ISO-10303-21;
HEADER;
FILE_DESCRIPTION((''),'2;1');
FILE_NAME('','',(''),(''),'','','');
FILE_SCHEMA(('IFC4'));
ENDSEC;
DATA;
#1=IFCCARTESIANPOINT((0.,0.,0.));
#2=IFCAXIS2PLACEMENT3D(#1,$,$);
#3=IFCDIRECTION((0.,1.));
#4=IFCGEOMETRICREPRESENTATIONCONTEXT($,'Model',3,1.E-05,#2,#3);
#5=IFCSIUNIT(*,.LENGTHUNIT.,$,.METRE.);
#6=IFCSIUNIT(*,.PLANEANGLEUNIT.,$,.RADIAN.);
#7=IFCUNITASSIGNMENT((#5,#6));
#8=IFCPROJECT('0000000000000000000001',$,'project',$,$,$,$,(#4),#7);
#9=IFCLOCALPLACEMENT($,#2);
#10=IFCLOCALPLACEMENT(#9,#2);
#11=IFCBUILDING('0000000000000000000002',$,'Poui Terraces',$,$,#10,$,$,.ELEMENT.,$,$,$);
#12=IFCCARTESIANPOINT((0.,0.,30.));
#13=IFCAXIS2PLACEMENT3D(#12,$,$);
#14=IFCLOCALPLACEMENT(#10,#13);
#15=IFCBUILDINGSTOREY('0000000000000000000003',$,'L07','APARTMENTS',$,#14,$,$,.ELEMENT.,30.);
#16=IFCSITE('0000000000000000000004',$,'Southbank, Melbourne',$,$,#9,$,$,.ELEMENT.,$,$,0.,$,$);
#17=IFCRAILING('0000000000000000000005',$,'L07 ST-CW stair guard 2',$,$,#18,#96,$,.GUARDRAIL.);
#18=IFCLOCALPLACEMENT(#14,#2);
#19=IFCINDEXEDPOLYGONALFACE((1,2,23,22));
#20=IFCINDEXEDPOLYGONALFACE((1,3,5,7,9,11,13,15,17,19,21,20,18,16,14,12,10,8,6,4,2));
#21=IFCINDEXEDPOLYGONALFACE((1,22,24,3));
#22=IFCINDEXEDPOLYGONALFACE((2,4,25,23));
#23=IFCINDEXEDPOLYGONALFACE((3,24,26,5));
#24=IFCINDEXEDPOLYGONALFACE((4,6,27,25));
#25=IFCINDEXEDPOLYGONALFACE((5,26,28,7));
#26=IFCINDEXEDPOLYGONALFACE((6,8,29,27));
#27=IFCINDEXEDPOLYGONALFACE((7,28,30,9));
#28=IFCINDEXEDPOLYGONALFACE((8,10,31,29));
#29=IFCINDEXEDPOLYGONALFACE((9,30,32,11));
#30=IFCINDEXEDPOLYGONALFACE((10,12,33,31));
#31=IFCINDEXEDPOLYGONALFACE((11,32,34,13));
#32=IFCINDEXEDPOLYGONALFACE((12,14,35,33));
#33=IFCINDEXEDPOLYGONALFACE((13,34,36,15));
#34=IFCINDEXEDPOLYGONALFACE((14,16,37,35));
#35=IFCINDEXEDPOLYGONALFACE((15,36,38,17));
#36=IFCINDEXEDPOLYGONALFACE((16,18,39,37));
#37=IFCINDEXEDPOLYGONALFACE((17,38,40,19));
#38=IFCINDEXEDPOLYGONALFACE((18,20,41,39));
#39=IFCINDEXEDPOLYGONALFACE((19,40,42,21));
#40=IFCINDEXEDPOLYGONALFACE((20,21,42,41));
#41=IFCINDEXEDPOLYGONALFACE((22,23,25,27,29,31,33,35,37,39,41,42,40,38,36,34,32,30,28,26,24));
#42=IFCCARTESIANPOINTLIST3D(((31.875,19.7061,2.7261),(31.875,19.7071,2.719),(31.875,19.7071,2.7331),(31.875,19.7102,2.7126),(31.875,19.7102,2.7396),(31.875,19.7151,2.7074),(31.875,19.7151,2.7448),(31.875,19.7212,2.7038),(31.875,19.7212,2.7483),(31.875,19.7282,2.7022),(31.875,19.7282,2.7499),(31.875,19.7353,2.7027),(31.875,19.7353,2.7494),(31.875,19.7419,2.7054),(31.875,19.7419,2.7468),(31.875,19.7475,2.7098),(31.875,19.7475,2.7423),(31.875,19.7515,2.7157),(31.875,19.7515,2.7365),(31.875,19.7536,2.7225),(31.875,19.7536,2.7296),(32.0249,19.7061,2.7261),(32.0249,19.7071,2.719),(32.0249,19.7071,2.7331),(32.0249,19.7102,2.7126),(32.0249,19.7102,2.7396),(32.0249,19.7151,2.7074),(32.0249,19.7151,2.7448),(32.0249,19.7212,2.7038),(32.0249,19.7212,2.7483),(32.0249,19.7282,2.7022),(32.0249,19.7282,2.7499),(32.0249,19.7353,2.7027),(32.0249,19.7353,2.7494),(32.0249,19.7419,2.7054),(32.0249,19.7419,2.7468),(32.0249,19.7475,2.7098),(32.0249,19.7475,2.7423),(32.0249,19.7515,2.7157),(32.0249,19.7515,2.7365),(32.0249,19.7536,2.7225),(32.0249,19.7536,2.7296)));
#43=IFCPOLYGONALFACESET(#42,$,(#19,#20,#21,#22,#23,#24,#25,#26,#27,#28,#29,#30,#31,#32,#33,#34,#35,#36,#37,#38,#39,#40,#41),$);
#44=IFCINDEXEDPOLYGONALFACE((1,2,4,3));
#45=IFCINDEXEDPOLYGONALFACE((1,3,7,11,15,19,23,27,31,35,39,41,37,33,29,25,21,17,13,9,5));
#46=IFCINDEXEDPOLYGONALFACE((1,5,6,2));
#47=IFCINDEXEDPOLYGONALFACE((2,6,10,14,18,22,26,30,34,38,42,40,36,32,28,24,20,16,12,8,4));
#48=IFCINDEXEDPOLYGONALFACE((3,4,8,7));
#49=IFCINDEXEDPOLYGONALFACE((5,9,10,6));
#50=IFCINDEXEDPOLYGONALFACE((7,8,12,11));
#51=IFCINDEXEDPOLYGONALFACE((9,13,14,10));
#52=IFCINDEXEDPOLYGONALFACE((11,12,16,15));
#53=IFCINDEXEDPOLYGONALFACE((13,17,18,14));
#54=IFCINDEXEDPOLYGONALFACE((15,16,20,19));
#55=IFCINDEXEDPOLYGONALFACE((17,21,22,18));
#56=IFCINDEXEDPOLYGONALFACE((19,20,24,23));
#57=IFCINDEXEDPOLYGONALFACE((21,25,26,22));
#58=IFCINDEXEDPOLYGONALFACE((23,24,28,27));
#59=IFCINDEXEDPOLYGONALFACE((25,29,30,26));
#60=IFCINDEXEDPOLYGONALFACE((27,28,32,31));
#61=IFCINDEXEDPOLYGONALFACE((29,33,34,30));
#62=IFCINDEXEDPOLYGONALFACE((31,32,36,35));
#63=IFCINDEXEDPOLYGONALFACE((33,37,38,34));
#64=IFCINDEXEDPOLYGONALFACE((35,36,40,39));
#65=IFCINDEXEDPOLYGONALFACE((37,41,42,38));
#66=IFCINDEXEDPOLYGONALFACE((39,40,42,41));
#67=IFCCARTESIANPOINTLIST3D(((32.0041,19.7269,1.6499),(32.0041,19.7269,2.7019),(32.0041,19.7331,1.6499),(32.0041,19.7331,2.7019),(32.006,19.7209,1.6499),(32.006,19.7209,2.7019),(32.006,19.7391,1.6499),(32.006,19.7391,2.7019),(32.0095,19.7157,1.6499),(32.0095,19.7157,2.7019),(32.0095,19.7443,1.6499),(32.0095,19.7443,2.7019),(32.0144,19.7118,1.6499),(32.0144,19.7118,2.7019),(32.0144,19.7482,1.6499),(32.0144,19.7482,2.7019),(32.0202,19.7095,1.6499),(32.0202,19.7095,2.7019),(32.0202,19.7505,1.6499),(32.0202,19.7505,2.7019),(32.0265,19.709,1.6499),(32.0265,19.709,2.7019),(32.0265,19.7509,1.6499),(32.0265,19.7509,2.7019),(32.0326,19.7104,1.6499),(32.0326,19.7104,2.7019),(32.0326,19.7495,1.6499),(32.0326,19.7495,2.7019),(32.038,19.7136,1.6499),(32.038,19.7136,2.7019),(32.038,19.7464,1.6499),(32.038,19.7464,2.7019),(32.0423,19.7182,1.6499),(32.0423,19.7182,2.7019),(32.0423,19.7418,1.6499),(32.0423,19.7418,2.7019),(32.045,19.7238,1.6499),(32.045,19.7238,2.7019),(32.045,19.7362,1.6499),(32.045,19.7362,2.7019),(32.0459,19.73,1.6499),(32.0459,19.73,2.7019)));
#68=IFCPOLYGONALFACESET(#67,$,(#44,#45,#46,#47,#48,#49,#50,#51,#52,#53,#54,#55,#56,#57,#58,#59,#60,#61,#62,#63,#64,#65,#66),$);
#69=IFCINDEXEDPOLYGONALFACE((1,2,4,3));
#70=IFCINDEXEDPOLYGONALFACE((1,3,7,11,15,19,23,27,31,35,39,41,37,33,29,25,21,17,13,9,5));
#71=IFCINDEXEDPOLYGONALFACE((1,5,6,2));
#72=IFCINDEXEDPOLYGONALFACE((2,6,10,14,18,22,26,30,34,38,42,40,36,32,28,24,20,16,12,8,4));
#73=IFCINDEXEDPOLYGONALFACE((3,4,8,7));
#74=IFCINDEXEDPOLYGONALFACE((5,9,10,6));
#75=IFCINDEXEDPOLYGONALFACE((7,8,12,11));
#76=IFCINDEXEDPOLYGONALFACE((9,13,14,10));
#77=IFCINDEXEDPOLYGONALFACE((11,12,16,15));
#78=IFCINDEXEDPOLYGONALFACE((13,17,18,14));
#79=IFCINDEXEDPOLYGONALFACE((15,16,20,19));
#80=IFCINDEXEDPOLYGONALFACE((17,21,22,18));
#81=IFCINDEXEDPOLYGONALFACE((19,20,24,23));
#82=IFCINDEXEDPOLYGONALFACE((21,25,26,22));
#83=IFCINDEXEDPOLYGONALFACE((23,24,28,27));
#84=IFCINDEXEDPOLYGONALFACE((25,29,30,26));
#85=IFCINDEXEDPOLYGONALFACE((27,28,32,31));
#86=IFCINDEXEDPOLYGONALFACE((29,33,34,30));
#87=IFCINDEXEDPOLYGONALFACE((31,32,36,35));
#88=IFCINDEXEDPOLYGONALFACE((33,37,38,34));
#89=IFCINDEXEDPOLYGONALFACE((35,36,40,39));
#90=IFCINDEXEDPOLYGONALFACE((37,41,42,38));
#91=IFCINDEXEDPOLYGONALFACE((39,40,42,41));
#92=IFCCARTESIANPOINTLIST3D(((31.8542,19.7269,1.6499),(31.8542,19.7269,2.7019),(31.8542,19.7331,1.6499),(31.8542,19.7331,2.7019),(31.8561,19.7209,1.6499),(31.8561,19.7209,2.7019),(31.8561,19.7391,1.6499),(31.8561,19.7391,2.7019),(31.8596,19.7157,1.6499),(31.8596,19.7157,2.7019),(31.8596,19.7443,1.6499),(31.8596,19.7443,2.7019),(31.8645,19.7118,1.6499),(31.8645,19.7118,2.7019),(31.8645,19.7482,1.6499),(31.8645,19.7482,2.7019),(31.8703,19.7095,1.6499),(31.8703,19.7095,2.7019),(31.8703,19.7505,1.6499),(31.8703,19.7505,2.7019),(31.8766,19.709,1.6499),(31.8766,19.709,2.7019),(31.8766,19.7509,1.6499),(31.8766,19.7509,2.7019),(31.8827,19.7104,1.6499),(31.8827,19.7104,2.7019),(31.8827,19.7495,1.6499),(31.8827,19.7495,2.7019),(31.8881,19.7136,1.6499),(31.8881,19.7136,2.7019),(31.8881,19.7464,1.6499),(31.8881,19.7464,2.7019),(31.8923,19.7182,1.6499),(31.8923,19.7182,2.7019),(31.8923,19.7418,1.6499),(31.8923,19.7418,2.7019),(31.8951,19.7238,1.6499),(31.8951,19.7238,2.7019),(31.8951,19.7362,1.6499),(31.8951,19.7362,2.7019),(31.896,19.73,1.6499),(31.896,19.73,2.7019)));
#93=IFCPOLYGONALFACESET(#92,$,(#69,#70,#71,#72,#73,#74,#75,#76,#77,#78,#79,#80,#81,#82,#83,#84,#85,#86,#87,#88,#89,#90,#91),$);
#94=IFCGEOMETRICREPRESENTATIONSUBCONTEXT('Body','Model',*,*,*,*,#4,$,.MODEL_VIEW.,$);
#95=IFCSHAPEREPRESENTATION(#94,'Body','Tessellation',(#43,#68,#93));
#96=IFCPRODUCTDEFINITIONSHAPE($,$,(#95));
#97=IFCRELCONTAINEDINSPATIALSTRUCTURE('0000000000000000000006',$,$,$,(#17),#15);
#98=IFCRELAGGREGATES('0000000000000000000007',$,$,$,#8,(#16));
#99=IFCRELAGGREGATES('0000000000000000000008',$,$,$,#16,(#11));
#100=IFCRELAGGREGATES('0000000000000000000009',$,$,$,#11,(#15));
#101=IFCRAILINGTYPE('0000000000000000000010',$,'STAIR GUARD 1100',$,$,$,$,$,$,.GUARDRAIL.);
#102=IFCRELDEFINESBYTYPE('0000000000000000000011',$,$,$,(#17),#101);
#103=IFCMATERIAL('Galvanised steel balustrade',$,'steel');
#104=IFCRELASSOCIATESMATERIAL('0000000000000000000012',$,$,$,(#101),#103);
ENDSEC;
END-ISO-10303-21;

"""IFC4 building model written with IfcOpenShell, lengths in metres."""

from ifc_helpers import new_model, si_unit, direction, frame, origin, origin_2d, place, context, subcontext, project, spatial, circle, extrude, material, type_object, element, save


model = new_model("IFC4")

# Units and contexts
model_context = context("Model", 3, precision=1e-05, world=origin(), true_north=direction((0.0, 1.0)))
body_context = subcontext(model_context, "Body", "Model", "MODEL_VIEW")
ifc_project = project(units=[si_unit("LENGTHUNIT", "METRE"), si_unit("PLANEANGLEUNIT", "RADIAN")], contexts=[model_context])

# Site, building, storey
site_placement = place(None, origin())
site = spatial("IfcSite", under=ifc_project, at=site_placement, Name="Southbank, Melbourne", CompositionType="ELEMENT", RefElevation=0.0)
building_placement = place(site_placement, origin())
building = spatial("IfcBuilding", under=site, at=building_placement, Name="Poui Terraces", CompositionType="ELEMENT")
storey_placement = place(building_placement, frame((0.0, 0.0, 30.0)))
storey = spatial("IfcBuildingStorey", under=building, at=storey_placement, Name="L07", Description="APARTMENTS", CompositionType="ELEMENT", Elevation=30.0)

# Railing
ifc_material_1 = material(Name="Galvanised steel balustrade", Category="steel")
railing_type = type_object("IfcRailingType", Name="STAIR GUARD 1100", PredefinedType="GUARDRAIL", material=ifc_material_1)
railing_placement = place(storey_placement, frame((32.0249, 19.73, 1.6499)))
element("IfcRailing", 1, at=railing_placement, inside=storey, type_object=railing_type, Name="L07 ST-CW stair guard 2", PredefinedType="GUARDRAIL", context=body_context, shape_type="SweptSolid", body=[
    extrude(circle(Radius=0.0239, at=origin_2d()), frame((0.0, 0.0, 1.0762), z_axis=(-1.0, 0.0, 0.0), x_axis=(0.0, -1.0, 0.0)), (0.0, 0.0, 1.0), 0.1499),
    extrude(circle(Radius=0.021, at=origin_2d()), origin(), (0.0, 0.0, 1.0), 1.052),
    extrude(circle(Radius=0.021, at=origin_2d()), frame((-0.1499, 0.0, 0.0)), (0.0, 0.0, 1.0), 1.052),
])

save(model, "model.ifc")
